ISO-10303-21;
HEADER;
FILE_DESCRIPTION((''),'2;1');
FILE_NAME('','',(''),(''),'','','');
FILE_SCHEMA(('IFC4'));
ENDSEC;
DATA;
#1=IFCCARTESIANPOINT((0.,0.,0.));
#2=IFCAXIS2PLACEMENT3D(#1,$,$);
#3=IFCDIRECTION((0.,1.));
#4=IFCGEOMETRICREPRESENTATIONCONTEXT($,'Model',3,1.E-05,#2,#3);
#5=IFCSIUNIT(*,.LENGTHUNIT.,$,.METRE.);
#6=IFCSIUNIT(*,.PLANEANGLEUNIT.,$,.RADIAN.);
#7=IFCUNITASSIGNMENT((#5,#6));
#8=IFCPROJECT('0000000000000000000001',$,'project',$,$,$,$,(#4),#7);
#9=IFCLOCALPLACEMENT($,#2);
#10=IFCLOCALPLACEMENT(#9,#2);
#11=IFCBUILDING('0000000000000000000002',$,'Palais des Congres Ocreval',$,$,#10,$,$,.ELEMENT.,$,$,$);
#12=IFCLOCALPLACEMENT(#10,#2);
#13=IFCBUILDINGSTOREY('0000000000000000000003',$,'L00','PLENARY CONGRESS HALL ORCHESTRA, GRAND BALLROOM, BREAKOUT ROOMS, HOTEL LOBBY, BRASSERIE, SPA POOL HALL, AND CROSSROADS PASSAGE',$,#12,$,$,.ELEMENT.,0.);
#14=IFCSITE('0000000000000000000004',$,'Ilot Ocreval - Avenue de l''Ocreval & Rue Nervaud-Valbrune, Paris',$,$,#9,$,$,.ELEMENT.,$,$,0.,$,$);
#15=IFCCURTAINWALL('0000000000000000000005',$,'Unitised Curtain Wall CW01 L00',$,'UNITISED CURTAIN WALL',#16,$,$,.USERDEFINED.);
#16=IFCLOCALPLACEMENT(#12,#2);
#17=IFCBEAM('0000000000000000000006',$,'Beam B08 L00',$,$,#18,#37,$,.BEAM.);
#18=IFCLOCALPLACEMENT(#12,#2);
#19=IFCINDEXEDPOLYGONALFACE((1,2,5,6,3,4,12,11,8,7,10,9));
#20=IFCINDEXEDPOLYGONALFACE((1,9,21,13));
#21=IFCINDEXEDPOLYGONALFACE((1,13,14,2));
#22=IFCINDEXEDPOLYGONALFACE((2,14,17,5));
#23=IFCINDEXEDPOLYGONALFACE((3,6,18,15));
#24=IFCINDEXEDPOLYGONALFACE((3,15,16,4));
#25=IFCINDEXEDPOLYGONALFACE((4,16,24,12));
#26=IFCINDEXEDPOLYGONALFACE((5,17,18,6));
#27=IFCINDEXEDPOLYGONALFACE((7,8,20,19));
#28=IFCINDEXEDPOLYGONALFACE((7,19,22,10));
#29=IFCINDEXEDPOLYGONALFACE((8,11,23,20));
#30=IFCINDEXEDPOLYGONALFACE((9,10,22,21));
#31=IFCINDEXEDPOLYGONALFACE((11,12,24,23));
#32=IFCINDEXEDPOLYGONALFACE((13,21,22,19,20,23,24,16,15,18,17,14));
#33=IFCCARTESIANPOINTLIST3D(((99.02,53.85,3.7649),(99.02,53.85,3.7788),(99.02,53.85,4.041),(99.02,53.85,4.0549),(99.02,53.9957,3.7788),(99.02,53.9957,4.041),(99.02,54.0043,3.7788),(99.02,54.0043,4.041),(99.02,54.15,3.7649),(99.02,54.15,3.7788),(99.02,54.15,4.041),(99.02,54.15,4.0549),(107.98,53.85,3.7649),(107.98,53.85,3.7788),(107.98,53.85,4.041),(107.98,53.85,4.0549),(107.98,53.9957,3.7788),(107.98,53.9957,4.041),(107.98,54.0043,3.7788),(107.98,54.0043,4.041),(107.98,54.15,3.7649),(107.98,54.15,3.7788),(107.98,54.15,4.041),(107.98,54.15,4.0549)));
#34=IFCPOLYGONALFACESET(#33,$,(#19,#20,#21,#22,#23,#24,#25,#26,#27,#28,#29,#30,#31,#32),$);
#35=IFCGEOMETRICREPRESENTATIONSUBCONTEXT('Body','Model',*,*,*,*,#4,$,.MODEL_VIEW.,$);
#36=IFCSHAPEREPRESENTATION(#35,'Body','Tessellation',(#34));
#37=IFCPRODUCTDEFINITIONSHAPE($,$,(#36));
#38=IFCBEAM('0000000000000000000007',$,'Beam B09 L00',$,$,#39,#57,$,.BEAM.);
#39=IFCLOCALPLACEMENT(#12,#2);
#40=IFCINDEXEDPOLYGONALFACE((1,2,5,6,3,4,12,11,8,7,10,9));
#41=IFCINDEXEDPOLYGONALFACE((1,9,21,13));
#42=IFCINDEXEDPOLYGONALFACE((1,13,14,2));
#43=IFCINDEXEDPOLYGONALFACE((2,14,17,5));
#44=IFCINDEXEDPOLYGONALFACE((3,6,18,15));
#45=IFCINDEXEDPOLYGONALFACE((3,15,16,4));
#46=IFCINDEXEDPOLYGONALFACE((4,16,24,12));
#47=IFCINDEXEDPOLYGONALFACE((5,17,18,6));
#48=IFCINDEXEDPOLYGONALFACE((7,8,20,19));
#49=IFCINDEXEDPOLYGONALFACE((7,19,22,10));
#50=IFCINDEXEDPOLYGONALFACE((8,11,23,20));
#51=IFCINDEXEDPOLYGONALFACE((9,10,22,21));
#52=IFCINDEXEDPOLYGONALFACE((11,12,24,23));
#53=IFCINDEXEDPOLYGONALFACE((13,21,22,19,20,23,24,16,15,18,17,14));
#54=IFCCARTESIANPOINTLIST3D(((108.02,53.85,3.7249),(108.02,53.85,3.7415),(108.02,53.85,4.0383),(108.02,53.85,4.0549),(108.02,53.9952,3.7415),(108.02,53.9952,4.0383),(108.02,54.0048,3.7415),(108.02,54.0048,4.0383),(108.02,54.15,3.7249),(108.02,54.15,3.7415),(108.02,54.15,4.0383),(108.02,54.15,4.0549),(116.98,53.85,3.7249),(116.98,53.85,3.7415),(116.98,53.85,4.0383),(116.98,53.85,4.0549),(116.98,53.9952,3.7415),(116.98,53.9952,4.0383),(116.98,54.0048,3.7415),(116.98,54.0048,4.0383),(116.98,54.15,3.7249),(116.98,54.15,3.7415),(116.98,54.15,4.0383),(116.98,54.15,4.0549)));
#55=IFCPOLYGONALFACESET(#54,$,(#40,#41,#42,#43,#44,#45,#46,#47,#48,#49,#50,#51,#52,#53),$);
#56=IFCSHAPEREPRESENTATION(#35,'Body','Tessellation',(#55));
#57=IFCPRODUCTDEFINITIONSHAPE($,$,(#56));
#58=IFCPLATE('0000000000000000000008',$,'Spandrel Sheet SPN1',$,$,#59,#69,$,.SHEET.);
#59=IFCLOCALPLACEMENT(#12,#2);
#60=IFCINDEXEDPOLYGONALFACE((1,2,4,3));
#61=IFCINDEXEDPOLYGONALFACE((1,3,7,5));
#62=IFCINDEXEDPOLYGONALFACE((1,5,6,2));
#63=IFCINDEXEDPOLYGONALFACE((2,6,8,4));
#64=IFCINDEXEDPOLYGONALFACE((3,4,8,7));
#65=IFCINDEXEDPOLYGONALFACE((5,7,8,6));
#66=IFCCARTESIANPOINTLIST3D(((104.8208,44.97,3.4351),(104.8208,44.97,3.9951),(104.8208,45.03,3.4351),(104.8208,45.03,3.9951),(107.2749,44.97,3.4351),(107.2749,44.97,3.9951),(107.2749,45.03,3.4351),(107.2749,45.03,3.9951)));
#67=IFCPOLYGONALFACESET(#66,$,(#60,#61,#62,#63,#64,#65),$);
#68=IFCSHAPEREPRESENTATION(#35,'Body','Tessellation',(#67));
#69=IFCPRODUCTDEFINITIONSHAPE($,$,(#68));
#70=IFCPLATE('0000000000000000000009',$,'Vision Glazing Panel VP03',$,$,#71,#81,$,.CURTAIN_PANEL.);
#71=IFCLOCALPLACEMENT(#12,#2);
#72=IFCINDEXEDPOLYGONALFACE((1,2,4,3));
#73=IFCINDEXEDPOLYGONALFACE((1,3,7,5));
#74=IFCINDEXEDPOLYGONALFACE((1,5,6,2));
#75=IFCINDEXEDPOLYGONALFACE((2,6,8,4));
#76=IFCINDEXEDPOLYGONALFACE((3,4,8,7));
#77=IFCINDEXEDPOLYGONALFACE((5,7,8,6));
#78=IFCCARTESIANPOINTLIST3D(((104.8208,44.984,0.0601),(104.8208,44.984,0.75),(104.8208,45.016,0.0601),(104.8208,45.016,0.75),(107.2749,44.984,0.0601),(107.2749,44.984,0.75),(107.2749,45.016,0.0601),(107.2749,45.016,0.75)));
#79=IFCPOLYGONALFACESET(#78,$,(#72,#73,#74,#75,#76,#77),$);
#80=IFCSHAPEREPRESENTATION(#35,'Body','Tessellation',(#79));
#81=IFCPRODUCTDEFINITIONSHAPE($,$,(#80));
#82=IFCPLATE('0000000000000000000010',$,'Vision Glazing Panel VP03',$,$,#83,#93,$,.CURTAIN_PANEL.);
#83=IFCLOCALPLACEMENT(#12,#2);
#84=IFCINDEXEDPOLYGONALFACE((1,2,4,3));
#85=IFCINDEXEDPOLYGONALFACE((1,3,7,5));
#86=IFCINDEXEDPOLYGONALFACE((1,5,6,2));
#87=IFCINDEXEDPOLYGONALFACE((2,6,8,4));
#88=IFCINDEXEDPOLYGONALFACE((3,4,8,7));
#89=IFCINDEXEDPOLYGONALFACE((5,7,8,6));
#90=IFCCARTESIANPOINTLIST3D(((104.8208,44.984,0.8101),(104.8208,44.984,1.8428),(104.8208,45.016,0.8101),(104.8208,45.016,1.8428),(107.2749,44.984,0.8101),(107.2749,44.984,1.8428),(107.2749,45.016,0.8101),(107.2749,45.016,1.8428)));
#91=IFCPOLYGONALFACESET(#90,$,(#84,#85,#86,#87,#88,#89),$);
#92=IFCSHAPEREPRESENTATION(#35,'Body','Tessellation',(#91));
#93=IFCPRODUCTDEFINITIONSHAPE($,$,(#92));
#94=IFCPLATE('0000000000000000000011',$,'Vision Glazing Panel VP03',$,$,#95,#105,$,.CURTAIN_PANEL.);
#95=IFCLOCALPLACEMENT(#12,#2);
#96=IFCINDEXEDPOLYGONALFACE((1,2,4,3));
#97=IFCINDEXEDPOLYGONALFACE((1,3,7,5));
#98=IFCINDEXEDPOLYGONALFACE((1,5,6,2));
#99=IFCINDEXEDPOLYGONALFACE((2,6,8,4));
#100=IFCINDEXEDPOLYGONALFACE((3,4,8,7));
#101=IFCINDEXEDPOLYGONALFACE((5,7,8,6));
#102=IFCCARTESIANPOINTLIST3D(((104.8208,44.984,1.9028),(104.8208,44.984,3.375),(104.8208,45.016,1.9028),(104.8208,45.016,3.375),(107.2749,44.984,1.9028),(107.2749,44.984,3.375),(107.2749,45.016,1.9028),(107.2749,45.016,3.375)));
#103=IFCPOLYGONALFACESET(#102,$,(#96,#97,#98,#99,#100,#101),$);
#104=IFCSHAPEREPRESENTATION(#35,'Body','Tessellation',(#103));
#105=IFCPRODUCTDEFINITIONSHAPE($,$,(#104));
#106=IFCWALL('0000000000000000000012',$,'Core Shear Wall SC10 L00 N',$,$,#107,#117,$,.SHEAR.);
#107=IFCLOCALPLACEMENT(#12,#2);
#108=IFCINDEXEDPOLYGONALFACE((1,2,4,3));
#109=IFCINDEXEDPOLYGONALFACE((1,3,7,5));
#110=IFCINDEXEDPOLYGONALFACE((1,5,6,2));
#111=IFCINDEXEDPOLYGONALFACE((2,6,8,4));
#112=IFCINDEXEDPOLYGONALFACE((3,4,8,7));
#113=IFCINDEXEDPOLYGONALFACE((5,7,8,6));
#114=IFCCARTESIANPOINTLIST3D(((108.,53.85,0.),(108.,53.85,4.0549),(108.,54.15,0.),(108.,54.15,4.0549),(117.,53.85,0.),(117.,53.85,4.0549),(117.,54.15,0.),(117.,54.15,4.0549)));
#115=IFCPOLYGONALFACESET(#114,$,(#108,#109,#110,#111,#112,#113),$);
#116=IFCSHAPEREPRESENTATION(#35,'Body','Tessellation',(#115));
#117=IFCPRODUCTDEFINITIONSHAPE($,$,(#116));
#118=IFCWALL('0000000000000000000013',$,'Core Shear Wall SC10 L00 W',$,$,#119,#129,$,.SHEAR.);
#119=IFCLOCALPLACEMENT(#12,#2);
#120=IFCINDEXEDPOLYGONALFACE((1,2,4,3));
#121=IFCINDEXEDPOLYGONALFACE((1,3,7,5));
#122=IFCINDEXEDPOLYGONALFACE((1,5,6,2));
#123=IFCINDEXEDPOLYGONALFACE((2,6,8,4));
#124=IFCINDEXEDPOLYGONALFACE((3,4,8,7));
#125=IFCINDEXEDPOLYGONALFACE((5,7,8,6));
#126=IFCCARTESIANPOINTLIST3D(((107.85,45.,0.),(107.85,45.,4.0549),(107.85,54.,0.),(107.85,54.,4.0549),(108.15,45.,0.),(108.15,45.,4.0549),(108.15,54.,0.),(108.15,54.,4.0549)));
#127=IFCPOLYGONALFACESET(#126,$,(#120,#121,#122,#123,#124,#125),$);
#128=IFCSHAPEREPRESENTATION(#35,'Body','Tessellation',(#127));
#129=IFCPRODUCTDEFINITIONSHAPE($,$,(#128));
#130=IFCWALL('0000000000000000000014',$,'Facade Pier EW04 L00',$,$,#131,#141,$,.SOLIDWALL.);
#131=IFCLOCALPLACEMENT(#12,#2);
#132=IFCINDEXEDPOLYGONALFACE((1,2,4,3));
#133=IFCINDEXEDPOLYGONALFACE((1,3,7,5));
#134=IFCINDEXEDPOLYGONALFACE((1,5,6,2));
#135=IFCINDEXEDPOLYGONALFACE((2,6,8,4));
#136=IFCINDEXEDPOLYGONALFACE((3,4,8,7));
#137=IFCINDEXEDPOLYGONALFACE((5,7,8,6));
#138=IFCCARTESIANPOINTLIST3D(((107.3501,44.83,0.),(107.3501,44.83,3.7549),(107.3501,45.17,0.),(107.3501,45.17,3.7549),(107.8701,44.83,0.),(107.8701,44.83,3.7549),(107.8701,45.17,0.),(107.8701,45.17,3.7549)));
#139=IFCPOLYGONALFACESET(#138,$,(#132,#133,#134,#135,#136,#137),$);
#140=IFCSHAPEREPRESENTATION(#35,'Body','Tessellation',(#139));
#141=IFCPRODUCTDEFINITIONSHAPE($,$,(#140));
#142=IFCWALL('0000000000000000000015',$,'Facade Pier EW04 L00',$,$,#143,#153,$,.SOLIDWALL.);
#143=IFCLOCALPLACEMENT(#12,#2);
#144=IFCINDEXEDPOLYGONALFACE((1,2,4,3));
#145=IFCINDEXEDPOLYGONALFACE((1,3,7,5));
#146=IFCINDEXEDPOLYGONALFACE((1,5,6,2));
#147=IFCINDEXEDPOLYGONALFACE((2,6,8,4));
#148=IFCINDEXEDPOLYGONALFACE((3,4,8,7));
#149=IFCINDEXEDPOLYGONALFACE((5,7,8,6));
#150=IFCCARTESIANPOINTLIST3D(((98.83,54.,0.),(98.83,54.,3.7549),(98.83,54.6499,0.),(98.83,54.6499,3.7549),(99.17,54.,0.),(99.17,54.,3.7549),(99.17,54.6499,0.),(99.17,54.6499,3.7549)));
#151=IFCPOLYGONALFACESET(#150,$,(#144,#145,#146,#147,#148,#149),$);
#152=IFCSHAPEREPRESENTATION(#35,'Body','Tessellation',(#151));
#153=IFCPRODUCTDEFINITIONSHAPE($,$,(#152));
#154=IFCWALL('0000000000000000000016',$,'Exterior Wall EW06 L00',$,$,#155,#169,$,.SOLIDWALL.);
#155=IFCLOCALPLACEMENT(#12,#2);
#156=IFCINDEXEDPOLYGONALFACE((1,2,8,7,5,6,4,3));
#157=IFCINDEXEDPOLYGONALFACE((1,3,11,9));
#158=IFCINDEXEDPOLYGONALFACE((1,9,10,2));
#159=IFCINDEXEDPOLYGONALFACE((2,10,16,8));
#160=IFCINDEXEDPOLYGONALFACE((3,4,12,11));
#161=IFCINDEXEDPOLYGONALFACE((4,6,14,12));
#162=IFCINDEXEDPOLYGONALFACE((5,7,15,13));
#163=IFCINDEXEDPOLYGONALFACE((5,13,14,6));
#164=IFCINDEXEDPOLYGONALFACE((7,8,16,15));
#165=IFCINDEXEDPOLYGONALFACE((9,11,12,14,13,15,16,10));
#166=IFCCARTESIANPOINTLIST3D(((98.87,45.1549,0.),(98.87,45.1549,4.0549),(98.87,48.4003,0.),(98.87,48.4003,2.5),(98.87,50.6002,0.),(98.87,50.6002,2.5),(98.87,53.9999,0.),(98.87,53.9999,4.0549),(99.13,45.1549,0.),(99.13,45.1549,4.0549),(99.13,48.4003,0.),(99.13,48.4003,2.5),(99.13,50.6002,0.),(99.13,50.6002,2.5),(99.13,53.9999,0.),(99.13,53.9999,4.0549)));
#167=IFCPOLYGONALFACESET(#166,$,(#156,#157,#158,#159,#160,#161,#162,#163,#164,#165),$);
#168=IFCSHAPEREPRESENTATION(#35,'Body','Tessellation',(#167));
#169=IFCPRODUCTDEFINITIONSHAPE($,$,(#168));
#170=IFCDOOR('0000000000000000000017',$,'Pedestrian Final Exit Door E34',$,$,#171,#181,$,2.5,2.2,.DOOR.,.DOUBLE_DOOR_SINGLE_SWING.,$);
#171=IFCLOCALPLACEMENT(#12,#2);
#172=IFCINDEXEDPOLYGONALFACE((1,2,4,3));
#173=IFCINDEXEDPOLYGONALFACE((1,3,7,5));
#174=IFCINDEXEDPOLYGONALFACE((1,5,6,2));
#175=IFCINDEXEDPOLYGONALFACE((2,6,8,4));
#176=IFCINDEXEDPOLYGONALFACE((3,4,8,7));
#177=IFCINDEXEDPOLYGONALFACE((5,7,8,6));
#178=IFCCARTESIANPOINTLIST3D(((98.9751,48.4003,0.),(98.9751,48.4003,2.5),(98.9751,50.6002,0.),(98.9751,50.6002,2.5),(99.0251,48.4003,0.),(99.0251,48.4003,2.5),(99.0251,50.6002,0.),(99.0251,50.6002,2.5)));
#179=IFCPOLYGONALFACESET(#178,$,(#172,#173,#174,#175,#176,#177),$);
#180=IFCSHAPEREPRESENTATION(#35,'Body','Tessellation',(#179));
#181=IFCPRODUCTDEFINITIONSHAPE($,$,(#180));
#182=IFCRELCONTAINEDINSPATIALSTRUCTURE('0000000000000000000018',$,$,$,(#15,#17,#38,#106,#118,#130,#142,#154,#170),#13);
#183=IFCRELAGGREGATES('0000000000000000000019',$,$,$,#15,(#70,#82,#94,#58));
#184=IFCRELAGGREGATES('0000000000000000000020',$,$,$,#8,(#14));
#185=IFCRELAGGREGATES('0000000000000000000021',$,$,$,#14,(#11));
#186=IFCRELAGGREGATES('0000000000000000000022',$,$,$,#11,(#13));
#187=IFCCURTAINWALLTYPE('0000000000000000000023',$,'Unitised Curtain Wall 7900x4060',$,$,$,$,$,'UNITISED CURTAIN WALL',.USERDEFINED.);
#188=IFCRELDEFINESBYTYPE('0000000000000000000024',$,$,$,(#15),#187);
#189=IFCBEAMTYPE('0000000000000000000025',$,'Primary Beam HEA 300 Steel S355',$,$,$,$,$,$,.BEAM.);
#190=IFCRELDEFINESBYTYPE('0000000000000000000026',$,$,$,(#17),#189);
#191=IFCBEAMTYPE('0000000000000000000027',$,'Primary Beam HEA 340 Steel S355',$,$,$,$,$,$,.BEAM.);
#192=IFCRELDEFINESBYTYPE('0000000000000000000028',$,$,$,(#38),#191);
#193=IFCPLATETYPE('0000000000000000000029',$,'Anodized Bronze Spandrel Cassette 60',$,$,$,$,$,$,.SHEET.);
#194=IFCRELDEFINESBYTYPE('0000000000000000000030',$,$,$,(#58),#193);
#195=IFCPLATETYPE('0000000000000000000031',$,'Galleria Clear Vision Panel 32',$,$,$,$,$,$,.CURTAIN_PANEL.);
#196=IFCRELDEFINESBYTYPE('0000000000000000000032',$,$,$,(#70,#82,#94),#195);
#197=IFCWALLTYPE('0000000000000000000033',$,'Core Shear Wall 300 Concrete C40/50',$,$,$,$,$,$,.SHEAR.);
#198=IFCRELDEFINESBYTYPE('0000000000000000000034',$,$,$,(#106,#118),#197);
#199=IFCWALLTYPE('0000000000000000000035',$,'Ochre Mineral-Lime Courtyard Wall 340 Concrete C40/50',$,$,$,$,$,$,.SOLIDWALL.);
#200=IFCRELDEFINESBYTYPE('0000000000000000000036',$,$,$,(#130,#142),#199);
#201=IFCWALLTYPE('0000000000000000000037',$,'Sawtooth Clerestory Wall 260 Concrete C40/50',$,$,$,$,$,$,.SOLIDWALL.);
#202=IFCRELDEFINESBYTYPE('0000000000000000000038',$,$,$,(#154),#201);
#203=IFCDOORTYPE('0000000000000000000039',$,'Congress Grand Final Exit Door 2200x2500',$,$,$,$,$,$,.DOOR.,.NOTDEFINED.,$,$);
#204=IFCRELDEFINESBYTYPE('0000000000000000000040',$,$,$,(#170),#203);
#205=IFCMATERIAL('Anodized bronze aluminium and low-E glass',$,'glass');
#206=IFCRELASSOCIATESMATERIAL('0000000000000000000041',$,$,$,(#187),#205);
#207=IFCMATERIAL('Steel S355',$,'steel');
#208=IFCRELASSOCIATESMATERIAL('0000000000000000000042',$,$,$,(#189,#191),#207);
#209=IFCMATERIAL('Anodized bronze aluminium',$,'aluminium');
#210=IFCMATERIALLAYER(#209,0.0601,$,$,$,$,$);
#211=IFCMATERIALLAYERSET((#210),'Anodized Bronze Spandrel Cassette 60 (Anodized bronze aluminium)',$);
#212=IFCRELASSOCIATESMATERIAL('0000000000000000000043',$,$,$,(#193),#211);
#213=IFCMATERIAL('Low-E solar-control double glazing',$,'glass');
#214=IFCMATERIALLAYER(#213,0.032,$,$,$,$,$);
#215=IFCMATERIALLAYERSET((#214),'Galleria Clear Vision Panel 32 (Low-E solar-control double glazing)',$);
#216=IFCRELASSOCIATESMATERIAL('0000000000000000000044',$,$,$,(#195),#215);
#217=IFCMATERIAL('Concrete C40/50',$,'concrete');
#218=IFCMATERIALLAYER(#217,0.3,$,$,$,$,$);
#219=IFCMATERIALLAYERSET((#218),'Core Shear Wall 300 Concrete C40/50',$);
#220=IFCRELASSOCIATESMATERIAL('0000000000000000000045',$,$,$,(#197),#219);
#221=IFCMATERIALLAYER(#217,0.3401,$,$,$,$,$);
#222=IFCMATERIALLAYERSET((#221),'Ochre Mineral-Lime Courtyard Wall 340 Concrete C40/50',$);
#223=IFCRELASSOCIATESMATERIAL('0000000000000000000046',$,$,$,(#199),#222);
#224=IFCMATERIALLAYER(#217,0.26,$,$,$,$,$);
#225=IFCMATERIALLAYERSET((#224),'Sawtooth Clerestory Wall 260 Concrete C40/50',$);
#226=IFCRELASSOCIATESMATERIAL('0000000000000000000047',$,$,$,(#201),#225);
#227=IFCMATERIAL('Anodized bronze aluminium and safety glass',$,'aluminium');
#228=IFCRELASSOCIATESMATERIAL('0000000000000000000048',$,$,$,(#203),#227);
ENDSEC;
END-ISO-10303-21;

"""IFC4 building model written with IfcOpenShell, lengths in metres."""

from ifc_helpers import new_model, si_unit, direction, frame, frame_2d, origin, origin_2d, place, context, subcontext, project, spatial, rectangle, i_section, extrude, material, layer, layer_set, material_profile, profile_set, type_object, element, fill, aggregate, save


model = new_model("IFC4")

# Units and contexts
model_context = context("Model", 3, precision=1e-05, world=origin(), true_north=direction((0.0, 1.0)))
body_context = subcontext(model_context, "Body", "Model", "MODEL_VIEW")
ifc_project = project(units=[si_unit("LENGTHUNIT", "METRE"), si_unit("PLANEANGLEUNIT", "RADIAN")], contexts=[model_context])

# Site, building, storey
site_placement = place(None, origin())
site = spatial("IfcSite", under=ifc_project, at=site_placement, Name="Ilot Ocreval - Avenue de l'Ocreval & Rue Nervaud-Valbrune, Paris", CompositionType="ELEMENT", RefElevation=0.0)
building_placement = place(site_placement, origin())
building = spatial("IfcBuilding", under=site, at=building_placement, Name="Palais des Congres Ocreval", CompositionType="ELEMENT")
storey_placement = place(building_placement, origin())
storey = spatial("IfcBuildingStorey", under=building, at=storey_placement, Name="L00", Description="PLENARY CONGRESS HALL ORCHESTRA, GRAND BALLROOM, BREAKOUT ROOMS, HOTEL LOBBY, BRASSERIE, SPA POOL HALL, AND CROSSROADS PASSAGE", CompositionType="ELEMENT", Elevation=0.0)

# Shared definitions
ifc_material_1 = material(Name="Steel S355", Category="steel")

# Curtain wall
ifc_material_2 = material(Name="Anodized bronze aluminium and low-E glass", Category="glass")
curtain_wall_type = type_object("IfcCurtainWallType", Name="Unitised Curtain Wall 7900x4060", ElementType="UNITISED CURTAIN WALL", PredefinedType="USERDEFINED", material=ifc_material_2)
curtain_wall_1_placement = place(storey_placement, origin())
curtain_wall_1 = element("IfcCurtainWall", 1, at=curtain_wall_1_placement, inside=storey, type_object=curtain_wall_type, Name="Unitised Curtain Wall CW01 L00", ObjectType="UNITISED CURTAIN WALL", PredefinedType="USERDEFINED")
ifc_material_3 = material(Name="Anodized bronze aluminium", Category="aluminium")

# Beams
ifc_material_profile_1 = material_profile(ifc_material_1, i_section(OverallWidth=0.3, OverallDepth=0.29, WebThickness=0.0085, FlangeThickness=0.0139, at=origin_2d()), Name="HEA 300")
ifc_profile_set_1 = profile_set([ifc_material_profile_1], Name="Steel S355")
beam_type_1 = type_object("IfcBeamType", Name="Primary Beam HEA 300 Steel S355", PredefinedType="BEAM", material=ifc_profile_set_1)
beam_1_placement = place(storey_placement, frame((99.02, 54.0, 3.9099), z_axis=(1.0, 0.0, 0.0), x_axis=(0.0, 1.0, 0.0)))
element("IfcBeam", 2, at=beam_1_placement, inside=storey, type_object=beam_type_1, Name="Beam B08 L00", PredefinedType="BEAM", context=body_context, shape_type="SweptSolid", body=[
    extrude(i_section(OverallWidth=0.3, OverallDepth=0.29, WebThickness=0.0085, FlangeThickness=0.0139, at=origin_2d()), origin(), (0.0, 0.0, 1.0), 8.96),
])
ifc_material_profile_2 = material_profile(ifc_material_1, i_section(OverallWidth=0.3, OverallDepth=0.3301, WebThickness=0.0095, FlangeThickness=0.0166, at=origin_2d()), Name="HEA 340")
ifc_profile_set_2 = profile_set([ifc_material_profile_2], Name="Steel S355")
beam_type_2 = type_object("IfcBeamType", Name="Primary Beam HEA 340 Steel S355", PredefinedType="BEAM", material=ifc_profile_set_2)
beam_2_placement = place(storey_placement, frame((108.02, 54.0, 3.8899), z_axis=(1.0, 0.0, 0.0), x_axis=(0.0, 1.0, 0.0)))
element("IfcBeam", 3, at=beam_2_placement, inside=storey, type_object=beam_type_2, Name="Beam B09 L00", PredefinedType="BEAM", context=body_context, shape_type="SweptSolid", body=[
    extrude(i_section(OverallWidth=0.3, OverallDepth=0.3301, WebThickness=0.0095, FlangeThickness=0.0166, at=origin_2d()), origin(), (0.0, 0.0, 1.0), 8.96),
])

# Plates
ifc_layer_1 = layer(ifc_material_3, 0.0601)
ifc_layer_set_1 = layer_set([ifc_layer_1], Name="Anodized Bronze Spandrel Cassette 60 (Anodized bronze aluminium)")
plate_type_1 = type_object("IfcPlateType", Name="Anodized Bronze Spandrel Cassette 60", PredefinedType="SHEET", material=ifc_layer_set_1)
plate_1_placement = place(storey_placement, frame((106.0479, 45.0, 3.4351), z_axis=(0.0, 0.0, 1.0), x_axis=(-1.0, 0.0, 0.0)))
plate_1 = element("IfcPlate", 4, at=plate_1_placement, type_object=plate_type_1, Name="Spandrel Sheet SPN1", PredefinedType="SHEET", context=body_context, shape_type="SweptSolid", body=[
    extrude(rectangle(XDim=2.4541, YDim=0.0601, at=origin_2d()), origin(), (0.0, 0.0, 1.0), 0.5601),
])
ifc_material_4 = material(Name="Low-E solar-control double glazing", Category="glass")
ifc_layer_2 = layer(ifc_material_4, 0.032)
ifc_layer_set_2 = layer_set([ifc_layer_2], Name="Galleria Clear Vision Panel 32 (Low-E solar-control double glazing)")
plate_type_2 = type_object("IfcPlateType", Name="Galleria Clear Vision Panel 32", PredefinedType="CURTAIN_PANEL", material=ifc_layer_set_2)
plate_2_placement = place(storey_placement, frame((106.0479, 45.0, 0.0601), z_axis=(0.0, 0.0, 1.0), x_axis=(-1.0, 0.0, 0.0)))
plate_2 = element("IfcPlate", 5, at=plate_2_placement, type_object=plate_type_2, Name="Vision Glazing Panel VP03", PredefinedType="CURTAIN_PANEL", context=body_context, shape_type="SweptSolid", body=[
    extrude(rectangle(XDim=2.4541, YDim=0.032, at=origin_2d()), origin(), (0.0, 0.0, 1.0), 0.6899),
])
plate_3_placement = place(storey_placement, frame((106.0479, 45.0, 0.8101), z_axis=(0.0, 0.0, 1.0), x_axis=(-1.0, 0.0, 0.0)))
plate_3 = element("IfcPlate", 6, at=plate_3_placement, type_object=plate_type_2, Name="Vision Glazing Panel VP03", PredefinedType="CURTAIN_PANEL", context=body_context, shape_type="SweptSolid", body=[
    extrude(rectangle(XDim=2.4541, YDim=0.032, at=origin_2d()), origin(), (0.0, 0.0, 1.0), 1.0327),
])
plate_4_placement = place(storey_placement, frame((106.0479, 45.0, 1.9028), z_axis=(0.0, 0.0, 1.0), x_axis=(-1.0, 0.0, 0.0)))
plate_4 = element("IfcPlate", 7, at=plate_4_placement, type_object=plate_type_2, Name="Vision Glazing Panel VP03", PredefinedType="CURTAIN_PANEL", context=body_context, shape_type="SweptSolid", body=[
    extrude(rectangle(XDim=2.4541, YDim=0.032, at=origin_2d()), origin(), (0.0, 0.0, 1.0), 1.4722),
])
aggregate(curtain_wall_1, [plate_2, plate_3, plate_4, plate_1])

# Walls
ifc_material_5 = material(Name="Concrete C40/50", Category="concrete")
ifc_layer_3 = layer(ifc_material_5, 0.3)
ifc_layer_set_3 = layer_set([ifc_layer_3], Name="Core Shear Wall 300 Concrete C40/50")
wall_type_1 = type_object("IfcWallType", Name="Core Shear Wall 300 Concrete C40/50", PredefinedType="SHEAR", material=ifc_layer_set_3)
for number, where, z_axis, x_axis, name in (
    (8, (108.0, 54.0, 0.0), (0.0, 0.0, 1.0), (1.0, 0.0, 0.0), "Core Shear Wall SC10 L00 N"),
    (9, (108.0, 45.0, 0.0), (0.0, 0.0, 1.0), (0.0, 1.0, 0.0), "Core Shear Wall SC10 L00 W"),
):
    element("IfcWall", number, at=place(storey_placement, frame(where, z_axis=z_axis, x_axis=x_axis)), inside=storey, type_object=wall_type_1, Name=name, PredefinedType="SHEAR", context=body_context, shape_type="SweptSolid", body=[
        extrude(rectangle(XDim=9.0, YDim=0.3, at=frame_2d((4.5, 0.0))), origin(), (0.0, 0.0, 1.0), 4.0549),
    ])
ifc_layer_4 = layer(ifc_material_5, 0.3401)
ifc_layer_set_4 = layer_set([ifc_layer_4], Name="Ochre Mineral-Lime Courtyard Wall 340 Concrete C40/50")
wall_type_2 = type_object("IfcWallType", Name="Ochre Mineral-Lime Courtyard Wall 340 Concrete C40/50", PredefinedType="SOLIDWALL", material=ifc_layer_set_4)
wall_1_placement = place(storey_placement, frame((107.8701, 45.0, 0.0), z_axis=(0.0, 0.0, 1.0), x_axis=(-1.0, 0.0, 0.0)))
element("IfcWall", 10, at=wall_1_placement, inside=storey, type_object=wall_type_2, Name="Facade Pier EW04 L00", PredefinedType="SOLIDWALL", context=body_context, shape_type="SweptSolid", body=[
    extrude(rectangle(XDim=0.52, YDim=0.3401, at=frame_2d((0.26, 0.0))), origin(), (0.0, 0.0, 1.0), 3.7549),
])
wall_2_placement = place(storey_placement, frame((99.0, 54.0, 0.0), z_axis=(0.0, 0.0, 1.0), x_axis=(0.0, 1.0, 0.0)))
element("IfcWall", 11, at=wall_2_placement, inside=storey, type_object=wall_type_2, Name="Facade Pier EW04 L00", PredefinedType="SOLIDWALL", context=body_context, shape_type="SweptSolid", body=[
    extrude(rectangle(XDim=0.6499, YDim=0.3401, at=frame_2d((0.325, 0.0))), origin(), (0.0, 0.0, 1.0), 3.7549),
])

# Wall, opening, door
ifc_layer_5 = layer(ifc_material_5, 0.26)
ifc_layer_set_5 = layer_set([ifc_layer_5], Name="Sawtooth Clerestory Wall 260 Concrete C40/50")
wall_type_3 = type_object("IfcWallType", Name="Sawtooth Clerestory Wall 260 Concrete C40/50", PredefinedType="SOLIDWALL", material=ifc_layer_set_5)
wall_3_placement = place(storey_placement, frame((99.0, 45.155, 0.0), z_axis=(0.0, 0.0, 1.0), x_axis=(0.0, 1.0, 0.0)))
wall_3 = element("IfcWall", 12, at=wall_3_placement, inside=storey, type_object=wall_type_3, Name="Exterior Wall EW06 L00", PredefinedType="SOLIDWALL", context=body_context, shape_type="SweptSolid", body=[
    extrude(rectangle(XDim=8.845, YDim=0.26, at=frame_2d((4.4224, 0.0))), origin(), (0.0, 0.0, 1.0), 4.0549),
])
opening_1_placement = place(wall_3_placement, frame((3.2451, 0.0, 0.0)))
opening_1 = element("IfcOpeningElement", 13, at=opening_1_placement, cuts=wall_3, PredefinedType="OPENING", context=body_context, shape_type="SweptSolid", body=[
    extrude(rectangle(XDim=2.2, YDim=2.5, at=frame_2d((1.1001, 1.25))), frame((0.0, 0.1399, 0.0), z_axis=(0.0, -1.0, 0.0), x_axis=(1.0, 0.0, 0.0)), (0.0, 0.0, 1.0), 0.28),
])
ifc_material_6 = material(Name="Anodized bronze aluminium and safety glass", Category="aluminium")
door_type_1 = type_object("IfcDoorType", Name="Congress Grand Final Exit Door 2200x2500", OperationType="NOTDEFINED", PredefinedType="DOOR", material=ifc_material_6)
door_1_placement = place(opening_1_placement, origin())
door_1 = element("IfcDoor", 14, at=door_1_placement, inside=storey, type_object=door_type_1, Name="Pedestrian Final Exit Door E34", OperationType="DOUBLE_DOOR_SINGLE_SWING", OverallHeight=2.5, OverallWidth=2.2, PredefinedType="DOOR", context=body_context, shape_type="SweptSolid", body=[
    extrude(rectangle(XDim=2.2, YDim=2.5, at=frame_2d((1.1001, 1.25))), frame((0.0, 0.0249, 0.0), z_axis=(0.0, -1.0, 0.0), x_axis=(1.0, 0.0, 0.0)), (0.0, 0.0, 1.0), 0.05),
])
fill(opening_1, door_1)

save(model, "model.ifc")
